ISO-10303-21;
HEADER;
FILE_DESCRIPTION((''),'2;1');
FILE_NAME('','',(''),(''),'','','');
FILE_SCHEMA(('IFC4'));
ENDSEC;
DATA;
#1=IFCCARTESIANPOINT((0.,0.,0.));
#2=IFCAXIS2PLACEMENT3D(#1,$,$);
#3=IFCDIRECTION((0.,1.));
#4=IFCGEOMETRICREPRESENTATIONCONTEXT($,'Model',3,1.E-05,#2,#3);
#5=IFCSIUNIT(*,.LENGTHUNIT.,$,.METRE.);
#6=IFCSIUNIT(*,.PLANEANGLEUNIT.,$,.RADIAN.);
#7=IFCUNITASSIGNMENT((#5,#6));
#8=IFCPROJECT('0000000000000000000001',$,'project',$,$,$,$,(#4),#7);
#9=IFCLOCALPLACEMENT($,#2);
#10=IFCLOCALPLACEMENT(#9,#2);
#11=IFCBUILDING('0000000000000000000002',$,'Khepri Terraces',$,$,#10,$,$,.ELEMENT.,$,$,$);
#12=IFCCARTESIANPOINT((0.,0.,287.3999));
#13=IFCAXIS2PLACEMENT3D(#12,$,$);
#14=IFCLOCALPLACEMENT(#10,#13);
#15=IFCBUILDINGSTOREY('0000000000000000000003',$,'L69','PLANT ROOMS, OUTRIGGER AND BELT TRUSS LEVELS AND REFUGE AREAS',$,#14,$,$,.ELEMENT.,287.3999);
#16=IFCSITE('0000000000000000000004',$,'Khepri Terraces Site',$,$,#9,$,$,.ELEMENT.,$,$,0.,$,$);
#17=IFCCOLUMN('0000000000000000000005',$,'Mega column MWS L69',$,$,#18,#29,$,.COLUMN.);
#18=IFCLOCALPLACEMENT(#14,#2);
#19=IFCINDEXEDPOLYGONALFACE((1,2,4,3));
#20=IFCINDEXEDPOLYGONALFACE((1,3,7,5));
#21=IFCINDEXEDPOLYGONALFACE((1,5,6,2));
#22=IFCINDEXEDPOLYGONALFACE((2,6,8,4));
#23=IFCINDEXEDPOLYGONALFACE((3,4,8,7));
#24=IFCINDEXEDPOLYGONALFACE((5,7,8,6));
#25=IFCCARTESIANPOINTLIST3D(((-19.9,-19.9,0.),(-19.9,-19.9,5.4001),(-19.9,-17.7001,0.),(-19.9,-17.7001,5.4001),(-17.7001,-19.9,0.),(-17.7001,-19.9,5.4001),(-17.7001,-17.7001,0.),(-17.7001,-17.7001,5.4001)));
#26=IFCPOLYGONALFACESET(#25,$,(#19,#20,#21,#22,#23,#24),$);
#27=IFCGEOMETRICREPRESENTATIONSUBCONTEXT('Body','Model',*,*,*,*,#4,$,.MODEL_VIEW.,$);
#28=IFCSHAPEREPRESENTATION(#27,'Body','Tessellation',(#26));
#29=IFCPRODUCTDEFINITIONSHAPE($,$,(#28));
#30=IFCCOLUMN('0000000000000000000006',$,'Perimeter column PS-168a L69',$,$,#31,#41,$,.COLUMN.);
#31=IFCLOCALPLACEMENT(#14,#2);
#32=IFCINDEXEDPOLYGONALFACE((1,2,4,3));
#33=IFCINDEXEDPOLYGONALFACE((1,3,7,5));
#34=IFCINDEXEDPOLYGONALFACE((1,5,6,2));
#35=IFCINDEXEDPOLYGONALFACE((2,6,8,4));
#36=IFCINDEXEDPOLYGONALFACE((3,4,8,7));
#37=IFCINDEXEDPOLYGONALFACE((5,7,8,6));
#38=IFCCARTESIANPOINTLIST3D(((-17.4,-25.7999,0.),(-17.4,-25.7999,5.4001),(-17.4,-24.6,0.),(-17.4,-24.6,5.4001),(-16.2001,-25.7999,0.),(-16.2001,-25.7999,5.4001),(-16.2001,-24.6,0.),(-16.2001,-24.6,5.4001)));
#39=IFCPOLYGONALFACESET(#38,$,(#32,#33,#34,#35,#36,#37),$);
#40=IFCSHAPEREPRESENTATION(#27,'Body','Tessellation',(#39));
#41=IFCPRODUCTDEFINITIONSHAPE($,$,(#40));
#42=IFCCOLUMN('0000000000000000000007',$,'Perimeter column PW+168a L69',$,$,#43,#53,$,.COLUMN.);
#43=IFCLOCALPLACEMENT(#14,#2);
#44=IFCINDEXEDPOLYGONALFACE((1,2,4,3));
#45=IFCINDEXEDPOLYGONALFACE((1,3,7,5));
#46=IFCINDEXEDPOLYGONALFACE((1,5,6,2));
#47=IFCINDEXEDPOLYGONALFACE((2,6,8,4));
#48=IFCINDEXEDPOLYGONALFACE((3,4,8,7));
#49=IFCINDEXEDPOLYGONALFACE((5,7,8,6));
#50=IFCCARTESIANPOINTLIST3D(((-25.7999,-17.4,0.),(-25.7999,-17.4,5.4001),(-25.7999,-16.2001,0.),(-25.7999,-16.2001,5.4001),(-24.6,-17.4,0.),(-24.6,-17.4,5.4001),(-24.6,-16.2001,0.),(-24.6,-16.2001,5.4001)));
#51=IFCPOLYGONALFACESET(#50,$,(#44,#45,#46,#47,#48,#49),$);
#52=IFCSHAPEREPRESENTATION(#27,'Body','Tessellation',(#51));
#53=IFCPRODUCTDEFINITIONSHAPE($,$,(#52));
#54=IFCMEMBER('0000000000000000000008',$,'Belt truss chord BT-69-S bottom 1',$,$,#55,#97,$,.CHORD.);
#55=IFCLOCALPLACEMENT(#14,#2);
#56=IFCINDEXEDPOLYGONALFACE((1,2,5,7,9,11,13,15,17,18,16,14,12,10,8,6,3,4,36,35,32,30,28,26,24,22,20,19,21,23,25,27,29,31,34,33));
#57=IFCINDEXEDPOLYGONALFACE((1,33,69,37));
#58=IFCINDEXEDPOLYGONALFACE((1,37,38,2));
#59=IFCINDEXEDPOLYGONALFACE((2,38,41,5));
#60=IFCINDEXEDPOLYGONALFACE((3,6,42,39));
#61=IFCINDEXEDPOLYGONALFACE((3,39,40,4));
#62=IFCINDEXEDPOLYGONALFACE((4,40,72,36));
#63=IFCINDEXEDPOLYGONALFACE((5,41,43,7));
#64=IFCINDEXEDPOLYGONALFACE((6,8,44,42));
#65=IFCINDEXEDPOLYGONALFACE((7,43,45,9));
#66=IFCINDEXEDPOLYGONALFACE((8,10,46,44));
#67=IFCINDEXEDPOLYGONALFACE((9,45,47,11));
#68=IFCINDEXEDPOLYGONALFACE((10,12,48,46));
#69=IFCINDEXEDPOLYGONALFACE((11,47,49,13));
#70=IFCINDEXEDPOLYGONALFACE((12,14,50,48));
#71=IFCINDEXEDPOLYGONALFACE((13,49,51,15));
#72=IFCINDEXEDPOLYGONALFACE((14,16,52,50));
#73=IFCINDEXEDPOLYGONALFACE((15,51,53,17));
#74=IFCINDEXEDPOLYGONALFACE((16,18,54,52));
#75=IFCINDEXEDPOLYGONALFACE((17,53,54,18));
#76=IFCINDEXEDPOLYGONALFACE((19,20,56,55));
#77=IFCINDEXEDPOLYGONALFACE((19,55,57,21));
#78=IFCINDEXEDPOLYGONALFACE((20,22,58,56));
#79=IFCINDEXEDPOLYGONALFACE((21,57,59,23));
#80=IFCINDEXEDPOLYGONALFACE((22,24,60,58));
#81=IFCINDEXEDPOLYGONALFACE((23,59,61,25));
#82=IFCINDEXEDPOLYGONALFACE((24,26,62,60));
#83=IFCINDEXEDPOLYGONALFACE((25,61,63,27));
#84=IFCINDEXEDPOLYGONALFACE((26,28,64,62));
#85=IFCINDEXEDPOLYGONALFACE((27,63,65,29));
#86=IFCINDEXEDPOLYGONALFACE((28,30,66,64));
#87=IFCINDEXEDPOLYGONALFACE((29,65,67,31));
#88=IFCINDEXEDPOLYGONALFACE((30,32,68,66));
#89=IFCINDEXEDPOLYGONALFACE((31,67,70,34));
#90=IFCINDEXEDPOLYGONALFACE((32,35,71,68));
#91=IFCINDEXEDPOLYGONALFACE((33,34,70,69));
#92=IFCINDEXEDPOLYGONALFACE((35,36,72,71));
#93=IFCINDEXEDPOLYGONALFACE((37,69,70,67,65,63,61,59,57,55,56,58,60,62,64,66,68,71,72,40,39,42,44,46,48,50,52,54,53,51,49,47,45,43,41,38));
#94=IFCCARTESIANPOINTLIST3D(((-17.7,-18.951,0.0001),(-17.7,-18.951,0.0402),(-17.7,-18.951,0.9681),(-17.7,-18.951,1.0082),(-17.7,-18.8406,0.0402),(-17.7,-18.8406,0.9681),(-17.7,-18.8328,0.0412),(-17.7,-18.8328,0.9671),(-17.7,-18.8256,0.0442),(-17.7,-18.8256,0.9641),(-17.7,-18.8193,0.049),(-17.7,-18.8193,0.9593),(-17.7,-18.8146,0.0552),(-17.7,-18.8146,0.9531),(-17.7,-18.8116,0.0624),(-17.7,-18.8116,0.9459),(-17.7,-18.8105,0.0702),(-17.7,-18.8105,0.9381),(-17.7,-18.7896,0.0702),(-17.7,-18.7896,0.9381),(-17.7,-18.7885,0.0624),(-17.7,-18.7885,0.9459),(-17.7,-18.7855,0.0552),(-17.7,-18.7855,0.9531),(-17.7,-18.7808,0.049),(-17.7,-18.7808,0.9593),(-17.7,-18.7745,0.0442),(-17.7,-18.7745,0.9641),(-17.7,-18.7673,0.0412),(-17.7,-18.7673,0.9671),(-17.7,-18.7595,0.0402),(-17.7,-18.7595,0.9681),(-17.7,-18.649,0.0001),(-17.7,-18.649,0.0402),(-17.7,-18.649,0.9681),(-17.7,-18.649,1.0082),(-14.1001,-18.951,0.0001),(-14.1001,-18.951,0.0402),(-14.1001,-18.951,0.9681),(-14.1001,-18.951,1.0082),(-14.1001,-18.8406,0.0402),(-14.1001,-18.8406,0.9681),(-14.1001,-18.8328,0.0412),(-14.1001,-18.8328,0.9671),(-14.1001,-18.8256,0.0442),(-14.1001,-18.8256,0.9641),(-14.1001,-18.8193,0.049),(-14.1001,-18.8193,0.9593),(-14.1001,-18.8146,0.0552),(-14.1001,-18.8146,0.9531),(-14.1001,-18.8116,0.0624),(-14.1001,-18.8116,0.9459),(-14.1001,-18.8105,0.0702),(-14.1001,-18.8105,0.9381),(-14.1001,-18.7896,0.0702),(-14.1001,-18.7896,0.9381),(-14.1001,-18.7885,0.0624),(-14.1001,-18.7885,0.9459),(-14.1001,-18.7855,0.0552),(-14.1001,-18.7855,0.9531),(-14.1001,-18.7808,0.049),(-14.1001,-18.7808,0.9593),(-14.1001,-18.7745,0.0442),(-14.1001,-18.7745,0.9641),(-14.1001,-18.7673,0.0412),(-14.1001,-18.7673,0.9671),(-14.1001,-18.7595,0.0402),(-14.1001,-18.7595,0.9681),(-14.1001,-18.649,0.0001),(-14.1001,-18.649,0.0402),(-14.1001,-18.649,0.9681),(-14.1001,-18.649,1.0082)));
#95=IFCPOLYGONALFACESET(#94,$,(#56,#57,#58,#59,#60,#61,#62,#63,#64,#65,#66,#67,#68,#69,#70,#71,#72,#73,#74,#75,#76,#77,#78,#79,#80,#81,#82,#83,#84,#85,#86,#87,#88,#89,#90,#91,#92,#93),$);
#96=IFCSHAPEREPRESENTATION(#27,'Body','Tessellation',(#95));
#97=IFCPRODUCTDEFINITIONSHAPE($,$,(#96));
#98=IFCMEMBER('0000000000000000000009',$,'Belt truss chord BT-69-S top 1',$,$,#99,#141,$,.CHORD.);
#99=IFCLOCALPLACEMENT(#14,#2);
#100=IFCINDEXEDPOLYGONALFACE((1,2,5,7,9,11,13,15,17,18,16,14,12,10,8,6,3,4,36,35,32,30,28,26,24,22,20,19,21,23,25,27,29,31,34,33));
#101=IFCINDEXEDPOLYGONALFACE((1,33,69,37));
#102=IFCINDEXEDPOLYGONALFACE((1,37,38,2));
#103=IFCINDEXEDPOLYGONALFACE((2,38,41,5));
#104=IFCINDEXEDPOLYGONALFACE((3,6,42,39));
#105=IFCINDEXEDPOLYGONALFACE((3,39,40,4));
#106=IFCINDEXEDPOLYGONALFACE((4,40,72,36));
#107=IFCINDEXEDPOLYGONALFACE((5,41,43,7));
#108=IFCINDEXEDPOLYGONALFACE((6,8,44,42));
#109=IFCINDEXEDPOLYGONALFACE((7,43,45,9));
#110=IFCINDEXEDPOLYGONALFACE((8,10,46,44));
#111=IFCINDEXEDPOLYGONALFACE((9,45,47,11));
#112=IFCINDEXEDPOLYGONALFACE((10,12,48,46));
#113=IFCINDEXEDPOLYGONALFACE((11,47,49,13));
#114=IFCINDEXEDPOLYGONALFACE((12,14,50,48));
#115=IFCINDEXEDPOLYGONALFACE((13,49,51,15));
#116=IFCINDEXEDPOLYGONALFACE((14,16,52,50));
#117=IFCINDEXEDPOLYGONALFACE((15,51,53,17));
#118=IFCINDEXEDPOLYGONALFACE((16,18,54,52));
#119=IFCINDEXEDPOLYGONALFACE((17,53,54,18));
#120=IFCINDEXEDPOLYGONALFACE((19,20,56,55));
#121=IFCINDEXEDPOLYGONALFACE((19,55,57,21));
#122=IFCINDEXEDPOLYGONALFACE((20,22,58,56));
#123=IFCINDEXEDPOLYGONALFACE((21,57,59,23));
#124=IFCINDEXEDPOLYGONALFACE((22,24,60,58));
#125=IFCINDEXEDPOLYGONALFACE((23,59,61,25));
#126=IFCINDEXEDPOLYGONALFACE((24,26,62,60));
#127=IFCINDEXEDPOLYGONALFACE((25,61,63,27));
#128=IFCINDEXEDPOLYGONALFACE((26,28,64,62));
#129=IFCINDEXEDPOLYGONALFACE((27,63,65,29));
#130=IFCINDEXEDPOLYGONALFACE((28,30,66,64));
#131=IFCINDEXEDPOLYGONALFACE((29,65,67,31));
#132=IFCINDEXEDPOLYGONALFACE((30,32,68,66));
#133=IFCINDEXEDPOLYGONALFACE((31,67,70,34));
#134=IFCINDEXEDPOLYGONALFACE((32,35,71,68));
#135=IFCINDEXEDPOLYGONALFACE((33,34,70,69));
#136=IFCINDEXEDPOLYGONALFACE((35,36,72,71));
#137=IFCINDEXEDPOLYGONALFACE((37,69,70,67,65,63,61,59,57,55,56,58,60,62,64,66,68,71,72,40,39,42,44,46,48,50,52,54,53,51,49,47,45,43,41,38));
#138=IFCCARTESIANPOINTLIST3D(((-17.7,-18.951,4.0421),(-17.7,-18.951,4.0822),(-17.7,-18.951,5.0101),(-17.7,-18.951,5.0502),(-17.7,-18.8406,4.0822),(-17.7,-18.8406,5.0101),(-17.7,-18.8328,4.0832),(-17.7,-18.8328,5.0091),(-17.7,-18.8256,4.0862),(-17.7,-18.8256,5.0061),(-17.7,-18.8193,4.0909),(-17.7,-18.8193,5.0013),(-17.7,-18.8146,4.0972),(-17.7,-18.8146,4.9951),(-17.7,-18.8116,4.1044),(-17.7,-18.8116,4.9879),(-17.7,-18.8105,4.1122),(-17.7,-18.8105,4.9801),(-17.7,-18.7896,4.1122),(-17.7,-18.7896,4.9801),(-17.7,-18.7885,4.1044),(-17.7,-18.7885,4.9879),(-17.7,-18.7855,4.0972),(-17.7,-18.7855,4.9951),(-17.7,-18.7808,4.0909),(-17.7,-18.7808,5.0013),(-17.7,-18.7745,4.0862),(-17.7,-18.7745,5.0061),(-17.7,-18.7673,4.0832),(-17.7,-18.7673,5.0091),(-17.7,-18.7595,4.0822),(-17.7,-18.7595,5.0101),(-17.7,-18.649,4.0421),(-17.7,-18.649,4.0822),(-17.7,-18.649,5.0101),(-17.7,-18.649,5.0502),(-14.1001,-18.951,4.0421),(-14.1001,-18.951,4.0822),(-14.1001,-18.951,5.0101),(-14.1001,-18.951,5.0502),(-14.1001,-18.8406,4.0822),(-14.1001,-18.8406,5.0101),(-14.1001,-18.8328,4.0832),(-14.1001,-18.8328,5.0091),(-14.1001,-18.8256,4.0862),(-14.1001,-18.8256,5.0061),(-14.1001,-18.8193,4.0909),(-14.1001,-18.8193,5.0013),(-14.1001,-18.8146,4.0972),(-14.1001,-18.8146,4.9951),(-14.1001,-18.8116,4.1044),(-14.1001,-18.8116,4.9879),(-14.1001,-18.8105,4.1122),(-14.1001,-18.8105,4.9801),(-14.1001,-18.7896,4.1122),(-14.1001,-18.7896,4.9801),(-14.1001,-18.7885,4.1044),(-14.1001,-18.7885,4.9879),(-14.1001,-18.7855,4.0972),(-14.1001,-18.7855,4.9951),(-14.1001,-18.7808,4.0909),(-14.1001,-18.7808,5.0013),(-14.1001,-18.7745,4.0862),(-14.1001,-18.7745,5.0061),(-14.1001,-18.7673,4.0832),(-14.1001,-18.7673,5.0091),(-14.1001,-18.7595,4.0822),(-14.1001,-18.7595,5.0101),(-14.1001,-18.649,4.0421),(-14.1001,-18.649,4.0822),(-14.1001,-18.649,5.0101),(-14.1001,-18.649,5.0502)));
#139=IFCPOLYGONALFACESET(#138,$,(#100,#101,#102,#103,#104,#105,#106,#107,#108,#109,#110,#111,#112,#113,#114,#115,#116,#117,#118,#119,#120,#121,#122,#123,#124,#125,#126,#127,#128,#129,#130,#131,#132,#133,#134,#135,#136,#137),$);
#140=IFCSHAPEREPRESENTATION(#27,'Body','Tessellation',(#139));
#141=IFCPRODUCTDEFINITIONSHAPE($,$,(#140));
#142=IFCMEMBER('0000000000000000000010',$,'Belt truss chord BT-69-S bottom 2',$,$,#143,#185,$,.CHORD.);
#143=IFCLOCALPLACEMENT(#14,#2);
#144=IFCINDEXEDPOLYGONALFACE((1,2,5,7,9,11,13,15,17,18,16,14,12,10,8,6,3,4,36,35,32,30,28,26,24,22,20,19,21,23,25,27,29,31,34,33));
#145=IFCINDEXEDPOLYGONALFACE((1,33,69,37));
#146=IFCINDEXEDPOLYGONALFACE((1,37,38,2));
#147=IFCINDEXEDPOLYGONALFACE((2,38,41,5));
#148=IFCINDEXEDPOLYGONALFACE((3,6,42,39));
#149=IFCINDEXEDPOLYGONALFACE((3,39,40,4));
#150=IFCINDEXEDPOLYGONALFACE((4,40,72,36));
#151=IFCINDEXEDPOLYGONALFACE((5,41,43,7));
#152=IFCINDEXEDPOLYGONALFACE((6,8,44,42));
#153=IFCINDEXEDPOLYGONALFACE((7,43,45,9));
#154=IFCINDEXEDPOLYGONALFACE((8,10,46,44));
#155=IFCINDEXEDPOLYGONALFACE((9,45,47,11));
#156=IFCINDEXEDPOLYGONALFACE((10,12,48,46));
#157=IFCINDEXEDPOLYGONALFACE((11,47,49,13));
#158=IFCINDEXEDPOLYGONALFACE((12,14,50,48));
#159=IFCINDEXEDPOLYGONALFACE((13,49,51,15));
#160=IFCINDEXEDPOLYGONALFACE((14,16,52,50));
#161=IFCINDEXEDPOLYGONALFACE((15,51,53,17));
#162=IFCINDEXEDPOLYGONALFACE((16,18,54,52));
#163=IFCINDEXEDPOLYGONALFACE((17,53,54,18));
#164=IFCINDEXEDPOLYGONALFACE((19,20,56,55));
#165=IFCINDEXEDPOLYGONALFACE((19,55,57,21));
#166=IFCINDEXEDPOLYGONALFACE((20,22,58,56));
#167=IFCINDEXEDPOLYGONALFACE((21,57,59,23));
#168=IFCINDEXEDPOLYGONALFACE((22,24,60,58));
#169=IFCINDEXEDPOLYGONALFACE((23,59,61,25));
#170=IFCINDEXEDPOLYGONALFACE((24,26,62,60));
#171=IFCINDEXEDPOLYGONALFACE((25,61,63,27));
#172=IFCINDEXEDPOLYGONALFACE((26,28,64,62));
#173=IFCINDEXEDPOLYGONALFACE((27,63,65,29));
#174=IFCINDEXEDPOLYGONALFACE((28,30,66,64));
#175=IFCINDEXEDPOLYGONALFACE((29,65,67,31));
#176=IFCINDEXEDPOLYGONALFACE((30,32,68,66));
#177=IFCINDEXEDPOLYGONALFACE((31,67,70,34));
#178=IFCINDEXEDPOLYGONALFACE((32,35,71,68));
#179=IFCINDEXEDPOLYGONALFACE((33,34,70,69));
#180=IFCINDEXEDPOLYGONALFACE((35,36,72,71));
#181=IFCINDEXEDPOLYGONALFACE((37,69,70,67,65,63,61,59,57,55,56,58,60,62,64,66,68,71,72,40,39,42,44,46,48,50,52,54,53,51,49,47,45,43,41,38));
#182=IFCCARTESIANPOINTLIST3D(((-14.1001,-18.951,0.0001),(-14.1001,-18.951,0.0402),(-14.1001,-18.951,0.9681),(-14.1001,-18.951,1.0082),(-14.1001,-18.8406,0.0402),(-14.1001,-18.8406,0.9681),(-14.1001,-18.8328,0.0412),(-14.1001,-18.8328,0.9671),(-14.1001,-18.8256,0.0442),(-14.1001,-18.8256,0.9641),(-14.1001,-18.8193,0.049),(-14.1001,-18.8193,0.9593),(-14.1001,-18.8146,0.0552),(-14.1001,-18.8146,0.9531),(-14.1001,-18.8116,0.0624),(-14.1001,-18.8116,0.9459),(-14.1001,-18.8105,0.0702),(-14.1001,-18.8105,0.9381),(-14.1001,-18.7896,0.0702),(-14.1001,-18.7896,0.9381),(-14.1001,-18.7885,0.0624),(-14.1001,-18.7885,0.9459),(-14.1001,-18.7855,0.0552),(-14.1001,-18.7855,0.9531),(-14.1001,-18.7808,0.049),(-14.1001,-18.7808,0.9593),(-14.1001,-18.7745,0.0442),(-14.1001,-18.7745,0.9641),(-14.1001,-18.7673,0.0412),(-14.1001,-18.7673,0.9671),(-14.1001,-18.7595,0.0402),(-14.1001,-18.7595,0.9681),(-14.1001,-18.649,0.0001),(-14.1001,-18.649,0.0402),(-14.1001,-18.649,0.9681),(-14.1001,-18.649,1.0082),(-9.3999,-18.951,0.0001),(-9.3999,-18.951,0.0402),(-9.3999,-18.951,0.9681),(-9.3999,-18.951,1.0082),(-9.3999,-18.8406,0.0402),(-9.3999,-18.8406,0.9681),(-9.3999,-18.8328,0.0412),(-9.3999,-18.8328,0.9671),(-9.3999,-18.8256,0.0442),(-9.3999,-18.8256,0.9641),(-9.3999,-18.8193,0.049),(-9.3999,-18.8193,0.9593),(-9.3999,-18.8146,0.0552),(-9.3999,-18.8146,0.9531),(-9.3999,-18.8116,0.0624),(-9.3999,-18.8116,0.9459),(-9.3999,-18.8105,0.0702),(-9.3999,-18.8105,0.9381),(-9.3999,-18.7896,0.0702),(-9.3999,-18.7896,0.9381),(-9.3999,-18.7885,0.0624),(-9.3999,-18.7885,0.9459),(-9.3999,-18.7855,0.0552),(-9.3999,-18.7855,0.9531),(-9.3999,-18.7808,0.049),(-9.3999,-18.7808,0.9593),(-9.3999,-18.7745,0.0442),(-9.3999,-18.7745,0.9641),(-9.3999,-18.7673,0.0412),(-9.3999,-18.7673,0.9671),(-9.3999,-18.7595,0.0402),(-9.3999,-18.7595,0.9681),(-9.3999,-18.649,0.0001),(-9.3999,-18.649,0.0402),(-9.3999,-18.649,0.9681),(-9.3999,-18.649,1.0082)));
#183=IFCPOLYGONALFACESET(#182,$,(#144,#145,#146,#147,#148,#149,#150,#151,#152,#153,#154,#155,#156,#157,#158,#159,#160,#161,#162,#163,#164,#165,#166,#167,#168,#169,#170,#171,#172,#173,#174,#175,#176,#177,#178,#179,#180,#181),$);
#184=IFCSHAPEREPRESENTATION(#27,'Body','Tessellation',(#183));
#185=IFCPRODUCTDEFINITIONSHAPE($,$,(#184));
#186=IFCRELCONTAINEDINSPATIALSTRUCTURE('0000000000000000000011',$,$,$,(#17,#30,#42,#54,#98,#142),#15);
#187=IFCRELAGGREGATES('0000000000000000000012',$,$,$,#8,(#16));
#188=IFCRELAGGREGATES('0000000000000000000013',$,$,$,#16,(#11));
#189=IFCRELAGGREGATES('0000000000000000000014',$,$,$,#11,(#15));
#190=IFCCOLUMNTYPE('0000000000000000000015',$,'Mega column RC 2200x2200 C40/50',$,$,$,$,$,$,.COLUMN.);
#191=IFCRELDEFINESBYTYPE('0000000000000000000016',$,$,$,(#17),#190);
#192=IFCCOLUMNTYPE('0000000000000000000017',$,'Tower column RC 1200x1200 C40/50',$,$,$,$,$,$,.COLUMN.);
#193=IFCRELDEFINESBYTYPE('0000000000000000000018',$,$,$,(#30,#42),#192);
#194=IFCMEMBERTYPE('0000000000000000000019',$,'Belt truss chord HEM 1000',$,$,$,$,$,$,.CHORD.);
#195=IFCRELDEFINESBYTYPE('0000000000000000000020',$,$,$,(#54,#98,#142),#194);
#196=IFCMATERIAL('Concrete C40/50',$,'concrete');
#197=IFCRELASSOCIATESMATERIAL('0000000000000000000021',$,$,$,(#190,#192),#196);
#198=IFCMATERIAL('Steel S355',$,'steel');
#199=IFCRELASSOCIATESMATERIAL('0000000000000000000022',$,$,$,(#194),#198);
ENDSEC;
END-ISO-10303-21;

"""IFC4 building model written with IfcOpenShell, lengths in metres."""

from ifc_helpers import new_model, si_unit, direction, frame, origin, origin_2d, place, context, subcontext, project, spatial, rectangle, i_section, extrude, material, material_profile, profile_set, type_object, element, save


model = new_model("IFC4")

# Units and contexts
model_context = context("Model", 3, precision=1e-05, world=origin(), true_north=direction((0.0, 1.0)))
body_context = subcontext(model_context, "Body", "Model", "MODEL_VIEW")
ifc_project = project(units=[si_unit("LENGTHUNIT", "METRE"), si_unit("PLANEANGLEUNIT", "RADIAN")], contexts=[model_context])

# Site, building, storey
site_placement = place(None, origin())
site = spatial("IfcSite", under=ifc_project, at=site_placement, Name="Khepri Terraces Site", CompositionType="ELEMENT", RefElevation=0.0)
building_placement = place(site_placement, origin())
building = spatial("IfcBuilding", under=site, at=building_placement, Name="Khepri Terraces", CompositionType="ELEMENT")
storey_placement = place(building_placement, frame((0.0, 0.0, 287.3999)))
storey = spatial("IfcBuildingStorey", under=building, at=storey_placement, Name="L69", Description="PLANT ROOMS, OUTRIGGER AND BELT TRUSS LEVELS AND REFUGE AREAS", CompositionType="ELEMENT", Elevation=287.3999)

# Columns
ifc_material_1 = material(Name="Concrete C40/50", Category="concrete")
ifc_material_profile_1 = material_profile(ifc_material_1, rectangle(XDim=2.2, YDim=2.2, at=origin_2d()), Name="Concrete C40/50", Category="concrete")
ifc_profile_set_1 = profile_set([ifc_material_profile_1], Name="Concrete C40/50")
column_type_1 = type_object("IfcColumnType", Name="Mega column RC 2200x2200 C40/50", PredefinedType="COLUMN", material=ifc_profile_set_1)
column_placement = place(storey_placement, frame((-18.8, -18.8, 0.0), z_axis=(0.0, 0.0, 1.0), x_axis=(1.0, 0.0, 0.0)))
element("IfcColumn", 1, at=column_placement, inside=storey, type_object=column_type_1, Name="Mega column MWS L69", PredefinedType="COLUMN", context=body_context, shape_type="SweptSolid", body=[
    extrude(rectangle(XDim=2.2, YDim=2.2, at=origin_2d()), origin(), (0.0, 0.0, 1.0), 5.4001),
])
ifc_material_profile_2 = material_profile(ifc_material_1, rectangle(XDim=1.2, YDim=1.2, at=origin_2d()), Name="Concrete C40/50", Category="concrete")
ifc_profile_set_2 = profile_set([ifc_material_profile_2], Name="Concrete C40/50")
column_type_2 = type_object("IfcColumnType", Name="Tower column RC 1200x1200 C40/50", PredefinedType="COLUMN", material=ifc_profile_set_2)
for number, where, z_axis, x_axis, name in (
    (2, (-16.8, -25.2, 0.0), (0.0, 0.0, 1.0), (1.0, 0.0, 0.0), "Perimeter column PS-168a L69"),
    (3, (-25.2, -16.8, 0.0), (0.0, 0.0, 1.0), (1.0, 0.0, 0.0), "Perimeter column PW+168a L69"),
):
    element("IfcColumn", number, at=place(storey_placement, frame(where, z_axis=z_axis, x_axis=x_axis)), inside=storey, type_object=column_type_2, Name=name, PredefinedType="COLUMN", context=body_context, shape_type="SweptSolid", body=[
        extrude(rectangle(XDim=1.2, YDim=1.2, at=origin_2d()), origin(), (0.0, 0.0, 1.0), 5.4001),
    ])

# Members
ifc_material_2 = material(Name="Steel S355", Category="steel")
ifc_material_profile_3 = material_profile(ifc_material_2, i_section(OverallWidth=0.302, OverallDepth=1.0081, WebThickness=0.021, FlangeThickness=0.04, FilletRadius=0.03, at=origin_2d()), Name="Steel S355", Category="steel")
ifc_profile_set_3 = profile_set([ifc_material_profile_3], Name="Steel S355")
member_type_1 = type_object("IfcMemberType", Name="Belt truss chord HEM 1000", PredefinedType="CHORD", material=ifc_profile_set_3)
for number, where, z_axis, x_axis, name in (
    (4, (-17.7, -18.8, 0.5042), (1.0, 0.0, 0.0), (0.0, 1.0, 0.0), "Belt truss chord BT-69-S bottom 1"),
    (5, (-17.7, -18.8, 4.5461), (1.0, 0.0, 0.0), (0.0, 1.0, 0.0), "Belt truss chord BT-69-S top 1"),
):
    element("IfcMember", number, at=place(storey_placement, frame(where, z_axis=z_axis, x_axis=x_axis)), inside=storey, type_object=member_type_1, Name=name, PredefinedType="CHORD", context=body_context, shape_type="SweptSolid", body=[
        extrude(i_section(OverallWidth=0.302, OverallDepth=1.0081, WebThickness=0.021, FlangeThickness=0.04, FilletRadius=0.03, at=origin_2d()), origin(), (0.0, 0.0, 1.0), 3.5999),
    ])
for number, where, z_axis, x_axis, name in (
    (6, (-14.1001, -18.8, 0.5042), (1.0, 0.0, 0.0), (0.0, 1.0, 0.0), "Belt truss chord BT-69-S bottom 2"),
):
    element("IfcMember", number, at=place(storey_placement, frame(where, z_axis=z_axis, x_axis=x_axis)), inside=storey, type_object=member_type_1, Name=name, PredefinedType="CHORD", context=body_context, shape_type="SweptSolid", body=[
        extrude(i_section(OverallWidth=0.302, OverallDepth=1.0081, WebThickness=0.021, FlangeThickness=0.04, FilletRadius=0.03, at=origin_2d()), origin(), (0.0, 0.0, 1.0), 4.7002),
    ])

save(model, "model.ifc")
